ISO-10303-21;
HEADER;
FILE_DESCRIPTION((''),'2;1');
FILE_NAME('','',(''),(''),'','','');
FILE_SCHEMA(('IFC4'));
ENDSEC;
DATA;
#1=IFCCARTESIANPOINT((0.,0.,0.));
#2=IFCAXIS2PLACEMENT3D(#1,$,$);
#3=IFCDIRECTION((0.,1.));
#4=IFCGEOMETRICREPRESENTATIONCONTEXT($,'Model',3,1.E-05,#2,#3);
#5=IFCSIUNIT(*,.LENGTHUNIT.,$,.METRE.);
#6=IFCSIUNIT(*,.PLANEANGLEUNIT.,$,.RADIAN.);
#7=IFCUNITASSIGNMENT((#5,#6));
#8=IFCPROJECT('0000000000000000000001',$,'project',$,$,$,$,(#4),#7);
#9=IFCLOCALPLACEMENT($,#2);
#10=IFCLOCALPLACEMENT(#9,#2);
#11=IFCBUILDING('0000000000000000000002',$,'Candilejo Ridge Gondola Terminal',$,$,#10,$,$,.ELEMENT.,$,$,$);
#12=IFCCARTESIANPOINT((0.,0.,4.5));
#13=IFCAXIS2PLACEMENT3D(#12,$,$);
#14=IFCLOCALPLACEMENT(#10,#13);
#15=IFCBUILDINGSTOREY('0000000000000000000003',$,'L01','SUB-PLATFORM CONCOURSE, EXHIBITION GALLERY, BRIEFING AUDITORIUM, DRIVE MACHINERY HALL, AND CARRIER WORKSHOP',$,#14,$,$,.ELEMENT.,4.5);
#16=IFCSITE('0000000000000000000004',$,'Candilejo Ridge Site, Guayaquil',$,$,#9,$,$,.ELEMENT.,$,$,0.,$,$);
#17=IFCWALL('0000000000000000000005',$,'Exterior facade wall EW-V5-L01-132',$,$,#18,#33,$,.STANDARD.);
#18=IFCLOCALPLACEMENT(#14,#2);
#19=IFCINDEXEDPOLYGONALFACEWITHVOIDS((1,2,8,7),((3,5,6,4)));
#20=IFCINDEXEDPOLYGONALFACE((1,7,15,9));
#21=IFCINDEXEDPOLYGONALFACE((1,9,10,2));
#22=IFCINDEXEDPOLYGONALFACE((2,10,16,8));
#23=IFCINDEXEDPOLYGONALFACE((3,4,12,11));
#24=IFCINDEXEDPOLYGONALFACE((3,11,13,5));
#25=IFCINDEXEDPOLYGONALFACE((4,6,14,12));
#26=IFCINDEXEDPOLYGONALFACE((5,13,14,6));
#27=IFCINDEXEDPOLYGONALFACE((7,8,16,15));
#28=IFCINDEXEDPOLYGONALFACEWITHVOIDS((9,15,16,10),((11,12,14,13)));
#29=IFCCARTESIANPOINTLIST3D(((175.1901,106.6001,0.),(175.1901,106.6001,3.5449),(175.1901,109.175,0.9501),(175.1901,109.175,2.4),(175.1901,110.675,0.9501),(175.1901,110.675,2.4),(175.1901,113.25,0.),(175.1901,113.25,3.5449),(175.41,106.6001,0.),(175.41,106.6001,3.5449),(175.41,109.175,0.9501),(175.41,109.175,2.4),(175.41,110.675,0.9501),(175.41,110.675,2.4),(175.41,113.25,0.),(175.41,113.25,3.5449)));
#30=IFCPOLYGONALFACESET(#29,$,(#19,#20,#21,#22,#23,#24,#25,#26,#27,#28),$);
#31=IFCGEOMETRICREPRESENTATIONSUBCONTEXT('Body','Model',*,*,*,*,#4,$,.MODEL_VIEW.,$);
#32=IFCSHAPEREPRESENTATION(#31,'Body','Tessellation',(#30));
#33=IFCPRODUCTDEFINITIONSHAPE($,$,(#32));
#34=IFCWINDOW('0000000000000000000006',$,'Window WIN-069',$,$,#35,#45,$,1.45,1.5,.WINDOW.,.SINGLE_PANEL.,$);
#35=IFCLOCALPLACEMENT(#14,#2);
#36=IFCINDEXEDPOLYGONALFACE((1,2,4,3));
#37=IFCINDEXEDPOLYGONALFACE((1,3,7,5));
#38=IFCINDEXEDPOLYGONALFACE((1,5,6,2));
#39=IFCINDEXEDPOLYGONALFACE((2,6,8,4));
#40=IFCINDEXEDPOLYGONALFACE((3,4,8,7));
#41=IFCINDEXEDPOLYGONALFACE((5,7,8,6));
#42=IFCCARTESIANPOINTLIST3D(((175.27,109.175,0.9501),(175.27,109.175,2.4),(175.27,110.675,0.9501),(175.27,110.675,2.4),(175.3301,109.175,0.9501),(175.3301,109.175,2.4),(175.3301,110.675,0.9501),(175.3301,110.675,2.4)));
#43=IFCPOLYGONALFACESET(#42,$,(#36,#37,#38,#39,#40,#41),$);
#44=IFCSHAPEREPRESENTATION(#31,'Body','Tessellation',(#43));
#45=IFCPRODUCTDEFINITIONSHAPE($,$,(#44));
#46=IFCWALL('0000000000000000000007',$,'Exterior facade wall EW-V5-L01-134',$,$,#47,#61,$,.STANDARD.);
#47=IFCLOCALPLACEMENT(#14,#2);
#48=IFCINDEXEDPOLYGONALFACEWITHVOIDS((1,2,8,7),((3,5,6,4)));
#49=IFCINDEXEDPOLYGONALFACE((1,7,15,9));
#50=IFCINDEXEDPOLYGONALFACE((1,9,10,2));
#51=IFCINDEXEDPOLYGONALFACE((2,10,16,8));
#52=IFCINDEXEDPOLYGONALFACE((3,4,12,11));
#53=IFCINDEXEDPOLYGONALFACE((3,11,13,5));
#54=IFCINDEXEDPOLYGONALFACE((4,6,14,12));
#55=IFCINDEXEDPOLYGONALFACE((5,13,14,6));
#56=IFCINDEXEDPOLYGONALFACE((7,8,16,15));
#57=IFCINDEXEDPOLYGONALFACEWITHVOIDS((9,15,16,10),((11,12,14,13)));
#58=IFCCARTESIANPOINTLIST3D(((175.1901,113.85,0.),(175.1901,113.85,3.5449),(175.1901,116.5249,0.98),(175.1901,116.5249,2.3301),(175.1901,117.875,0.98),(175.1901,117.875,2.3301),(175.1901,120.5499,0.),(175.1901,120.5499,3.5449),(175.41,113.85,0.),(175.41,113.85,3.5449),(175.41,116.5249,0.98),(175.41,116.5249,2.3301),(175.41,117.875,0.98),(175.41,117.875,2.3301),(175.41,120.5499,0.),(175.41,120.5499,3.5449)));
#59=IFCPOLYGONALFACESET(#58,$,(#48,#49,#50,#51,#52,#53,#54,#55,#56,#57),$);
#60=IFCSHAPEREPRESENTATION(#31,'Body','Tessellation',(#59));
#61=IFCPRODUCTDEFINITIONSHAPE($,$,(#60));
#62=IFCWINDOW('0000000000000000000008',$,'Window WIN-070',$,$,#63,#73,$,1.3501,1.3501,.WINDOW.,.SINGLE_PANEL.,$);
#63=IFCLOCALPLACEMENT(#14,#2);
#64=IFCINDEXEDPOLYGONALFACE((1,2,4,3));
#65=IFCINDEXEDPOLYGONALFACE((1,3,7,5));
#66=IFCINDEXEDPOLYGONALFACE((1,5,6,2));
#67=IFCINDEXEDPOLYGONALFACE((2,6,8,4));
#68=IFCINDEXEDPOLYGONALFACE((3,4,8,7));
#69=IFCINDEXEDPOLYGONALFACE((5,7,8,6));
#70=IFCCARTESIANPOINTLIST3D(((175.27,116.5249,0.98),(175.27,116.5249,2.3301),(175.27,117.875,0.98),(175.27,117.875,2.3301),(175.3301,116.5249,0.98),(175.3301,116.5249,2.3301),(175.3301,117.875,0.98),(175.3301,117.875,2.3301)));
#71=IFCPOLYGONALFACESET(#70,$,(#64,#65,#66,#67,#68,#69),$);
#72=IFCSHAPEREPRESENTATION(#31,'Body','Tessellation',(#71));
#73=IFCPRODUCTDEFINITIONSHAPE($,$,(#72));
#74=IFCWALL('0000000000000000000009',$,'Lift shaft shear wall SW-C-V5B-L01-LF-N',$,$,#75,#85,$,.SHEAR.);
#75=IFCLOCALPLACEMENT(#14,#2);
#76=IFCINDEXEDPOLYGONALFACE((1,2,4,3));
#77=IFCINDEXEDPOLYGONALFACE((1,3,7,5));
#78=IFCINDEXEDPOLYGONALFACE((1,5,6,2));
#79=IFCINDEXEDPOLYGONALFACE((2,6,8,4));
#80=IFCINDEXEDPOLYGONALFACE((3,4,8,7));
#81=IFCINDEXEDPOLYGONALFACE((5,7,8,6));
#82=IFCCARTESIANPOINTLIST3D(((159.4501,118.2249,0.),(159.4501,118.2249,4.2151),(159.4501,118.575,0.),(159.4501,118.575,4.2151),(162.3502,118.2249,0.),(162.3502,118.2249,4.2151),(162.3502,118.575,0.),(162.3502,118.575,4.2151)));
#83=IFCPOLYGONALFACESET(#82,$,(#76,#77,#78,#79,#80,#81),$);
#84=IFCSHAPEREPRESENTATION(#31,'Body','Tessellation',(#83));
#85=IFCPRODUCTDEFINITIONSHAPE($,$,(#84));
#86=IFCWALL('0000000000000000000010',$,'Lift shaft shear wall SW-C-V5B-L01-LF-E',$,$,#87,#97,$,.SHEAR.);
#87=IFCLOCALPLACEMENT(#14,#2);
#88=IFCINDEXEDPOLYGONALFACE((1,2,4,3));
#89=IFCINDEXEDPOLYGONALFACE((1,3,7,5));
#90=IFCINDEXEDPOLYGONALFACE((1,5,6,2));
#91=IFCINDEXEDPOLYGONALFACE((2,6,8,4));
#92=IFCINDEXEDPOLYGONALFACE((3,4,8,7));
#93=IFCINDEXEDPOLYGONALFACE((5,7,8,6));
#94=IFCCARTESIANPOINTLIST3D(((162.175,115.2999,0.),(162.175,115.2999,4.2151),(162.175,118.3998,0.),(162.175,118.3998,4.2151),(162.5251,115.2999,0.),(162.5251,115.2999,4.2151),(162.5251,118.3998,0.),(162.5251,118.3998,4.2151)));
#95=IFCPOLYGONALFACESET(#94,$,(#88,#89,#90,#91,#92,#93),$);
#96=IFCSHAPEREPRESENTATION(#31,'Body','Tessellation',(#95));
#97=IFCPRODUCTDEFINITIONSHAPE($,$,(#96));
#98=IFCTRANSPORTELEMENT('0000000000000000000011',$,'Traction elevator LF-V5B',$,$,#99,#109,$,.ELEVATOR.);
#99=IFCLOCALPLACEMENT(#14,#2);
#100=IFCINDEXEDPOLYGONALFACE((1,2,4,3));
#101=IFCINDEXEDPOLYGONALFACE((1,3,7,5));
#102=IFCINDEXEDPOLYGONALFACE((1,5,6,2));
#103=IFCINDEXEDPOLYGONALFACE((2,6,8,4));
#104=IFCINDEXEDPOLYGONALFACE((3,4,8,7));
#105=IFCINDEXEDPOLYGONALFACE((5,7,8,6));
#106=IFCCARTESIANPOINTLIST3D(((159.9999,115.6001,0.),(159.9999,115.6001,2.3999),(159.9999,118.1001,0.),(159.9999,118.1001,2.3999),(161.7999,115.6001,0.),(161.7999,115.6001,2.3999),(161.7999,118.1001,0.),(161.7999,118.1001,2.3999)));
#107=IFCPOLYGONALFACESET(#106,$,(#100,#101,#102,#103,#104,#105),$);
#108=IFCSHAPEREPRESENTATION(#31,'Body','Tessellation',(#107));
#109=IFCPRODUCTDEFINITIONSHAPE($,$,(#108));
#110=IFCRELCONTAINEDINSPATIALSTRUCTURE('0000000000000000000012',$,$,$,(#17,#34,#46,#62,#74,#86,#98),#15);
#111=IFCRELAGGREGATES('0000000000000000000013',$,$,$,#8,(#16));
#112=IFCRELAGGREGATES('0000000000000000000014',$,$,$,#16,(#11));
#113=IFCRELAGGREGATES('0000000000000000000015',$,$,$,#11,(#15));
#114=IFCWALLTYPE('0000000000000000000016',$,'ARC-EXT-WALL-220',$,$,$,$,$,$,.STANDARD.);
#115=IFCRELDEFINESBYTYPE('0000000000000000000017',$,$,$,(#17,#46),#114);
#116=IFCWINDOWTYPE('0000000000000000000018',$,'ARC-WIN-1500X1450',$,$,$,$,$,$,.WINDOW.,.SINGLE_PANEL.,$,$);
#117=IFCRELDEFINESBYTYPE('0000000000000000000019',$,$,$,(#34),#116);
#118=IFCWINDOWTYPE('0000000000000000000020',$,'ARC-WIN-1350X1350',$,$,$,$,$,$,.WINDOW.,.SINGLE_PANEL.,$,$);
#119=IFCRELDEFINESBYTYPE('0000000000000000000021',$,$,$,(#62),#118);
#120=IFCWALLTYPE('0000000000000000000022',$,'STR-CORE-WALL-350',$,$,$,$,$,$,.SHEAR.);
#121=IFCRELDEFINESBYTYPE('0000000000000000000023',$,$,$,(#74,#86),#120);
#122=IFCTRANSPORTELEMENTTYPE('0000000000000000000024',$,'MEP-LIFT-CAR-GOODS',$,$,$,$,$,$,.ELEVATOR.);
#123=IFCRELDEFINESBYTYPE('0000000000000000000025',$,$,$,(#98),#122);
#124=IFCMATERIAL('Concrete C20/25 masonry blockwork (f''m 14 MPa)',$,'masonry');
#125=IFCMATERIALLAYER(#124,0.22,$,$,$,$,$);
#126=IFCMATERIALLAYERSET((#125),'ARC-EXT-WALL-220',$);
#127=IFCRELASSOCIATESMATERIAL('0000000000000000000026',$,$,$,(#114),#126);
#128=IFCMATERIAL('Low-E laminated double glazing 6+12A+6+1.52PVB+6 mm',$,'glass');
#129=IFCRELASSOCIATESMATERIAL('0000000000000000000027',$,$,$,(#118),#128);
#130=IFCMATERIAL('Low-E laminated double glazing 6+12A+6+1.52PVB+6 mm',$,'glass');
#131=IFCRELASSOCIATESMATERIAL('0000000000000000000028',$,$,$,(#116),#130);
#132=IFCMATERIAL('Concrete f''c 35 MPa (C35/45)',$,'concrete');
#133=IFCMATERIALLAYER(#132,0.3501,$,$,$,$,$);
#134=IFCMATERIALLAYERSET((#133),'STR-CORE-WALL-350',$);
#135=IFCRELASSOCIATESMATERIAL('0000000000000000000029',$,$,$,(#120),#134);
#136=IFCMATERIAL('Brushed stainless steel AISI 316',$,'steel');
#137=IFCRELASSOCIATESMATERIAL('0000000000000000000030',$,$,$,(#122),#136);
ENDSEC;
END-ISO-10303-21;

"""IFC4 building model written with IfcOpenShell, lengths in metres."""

from ifc_helpers import new_model, si_unit, direction, frame, frame_2d, origin, origin_2d, place, context, subcontext, project, spatial, rectangle, extrude, material, layer, layer_set, type_object, element, fill, save


model = new_model("IFC4")

# Units and contexts
model_context = context("Model", 3, precision=1e-05, world=origin(), true_north=direction((0.0, 1.0)))
body_context = subcontext(model_context, "Body", "Model", "MODEL_VIEW")
ifc_project = project(units=[si_unit("LENGTHUNIT", "METRE"), si_unit("PLANEANGLEUNIT", "RADIAN")], contexts=[model_context])

# Site, building, storey
site_placement = place(None, origin())
site = spatial("IfcSite", under=ifc_project, at=site_placement, Name="Candilejo Ridge Site, Guayaquil", CompositionType="ELEMENT", RefElevation=0.0)
building_placement = place(site_placement, origin())
building = spatial("IfcBuilding", under=site, at=building_placement, Name="Candilejo Ridge Gondola Terminal", CompositionType="ELEMENT")
storey_placement = place(building_placement, frame((0.0, 0.0, 4.5)))
storey = spatial("IfcBuildingStorey", under=building, at=storey_placement, Name="L01", Description="SUB-PLATFORM CONCOURSE, EXHIBITION GALLERY, BRIEFING AUDITORIUM, DRIVE MACHINERY HALL, AND CARRIER WORKSHOP", CompositionType="ELEMENT", Elevation=4.5)

# Walls, openings, windows
ifc_material_1 = material(Name="Concrete C20/25 masonry blockwork (f'm 14 MPa)", Category="masonry")
ifc_layer_1 = layer(ifc_material_1, 0.22)
ifc_layer_set_1 = layer_set([ifc_layer_1], Name="ARC-EXT-WALL-220")
wall_type_1 = type_object("IfcWallType", Name="ARC-EXT-WALL-220", PredefinedType="STANDARD", material=ifc_layer_set_1)
ifc_material_2 = material(Name="Low-E laminated double glazing 6+12A+6+1.52PVB+6 mm", Category="glass")
window_type_1 = type_object("IfcWindowType", Name="ARC-WIN-1350X1350", PartitioningType="SINGLE_PANEL", PredefinedType="WINDOW", material=ifc_material_2)
wall_1_placement = place(storey_placement, frame((175.3, 113.25, 0.0), z_axis=(0.0, 0.0, 1.0), x_axis=(0.0, -1.0, 0.0)))
wall_1 = element("IfcWall", 1, at=wall_1_placement, inside=storey, type_object=wall_type_1, Name="Exterior facade wall EW-V5-L01-132", PredefinedType="STANDARD", context=body_context, shape_type="SweptSolid", body=[
    extrude(rectangle(XDim=6.6499, YDim=0.22, at=frame_2d((3.325, 0.0))), origin(), (0.0, 0.0, 1.0), 3.5449),
])
opening_1_placement = place(wall_1_placement, frame((2.575, 0.0, 0.95)))
opening_1 = element("IfcOpeningElement", 2, at=opening_1_placement, cuts=wall_1, PredefinedType="OPENING", context=body_context, shape_type="SweptSolid", body=[
    extrude(rectangle(XDim=1.5, YDim=1.45, at=frame_2d((0.75, 0.7251))), frame((0.0, 0.1199, 0.0), z_axis=(0.0, -1.0, 0.0), x_axis=(1.0, 0.0, 0.0)), (0.0, 0.0, 1.0), 0.24),
])
ifc_material_3 = material(Name="Low-E laminated double glazing 6+12A+6+1.52PVB+6 mm", Category="glass")
window_type_2 = type_object("IfcWindowType", Name="ARC-WIN-1500X1450", PartitioningType="SINGLE_PANEL", PredefinedType="WINDOW", material=ifc_material_3)
window_1_placement = place(opening_1_placement, origin())
window_1 = element("IfcWindow", 3, at=window_1_placement, inside=storey, type_object=window_type_2, Name="Window WIN-069", OverallHeight=1.45, OverallWidth=1.5, PartitioningType="SINGLE_PANEL", PredefinedType="WINDOW", context=body_context, shape_type="SweptSolid", body=[
    extrude(rectangle(XDim=1.5, YDim=1.45, at=frame_2d((0.75, 0.7251))), frame((0.0, 0.03, 0.0), z_axis=(0.0, -1.0, 0.0), x_axis=(1.0, 0.0, 0.0)), (0.0, 0.0, 1.0), 0.0601),
])
fill(opening_1, window_1)
wall_2_placement = place(storey_placement, frame((175.3, 120.55, 0.0), z_axis=(0.0, 0.0, 1.0), x_axis=(0.0, -1.0, 0.0)))
wall_2 = element("IfcWall", 4, at=wall_2_placement, inside=storey, type_object=wall_type_1, Name="Exterior facade wall EW-V5-L01-134", PredefinedType="STANDARD", context=body_context, shape_type="SweptSolid", body=[
    extrude(rectangle(XDim=6.7, YDim=0.22, at=frame_2d((3.3501, 0.0))), origin(), (0.0, 0.0, 1.0), 3.5449),
])
opening_2_placement = place(wall_2_placement, frame((2.675, 0.0, 0.98)))
opening_2 = element("IfcOpeningElement", 5, at=opening_2_placement, cuts=wall_2, PredefinedType="OPENING", context=body_context, shape_type="SweptSolid", body=[
    extrude(rectangle(XDim=1.3501, YDim=1.3501, at=frame_2d((0.675, 0.675))), frame((0.0, 0.1199, 0.0), z_axis=(0.0, -1.0, 0.0), x_axis=(1.0, 0.0, 0.0)), (0.0, 0.0, 1.0), 0.24),
])
window_2_placement = place(opening_2_placement, origin())
window_2 = element("IfcWindow", 6, at=window_2_placement, inside=storey, type_object=window_type_1, Name="Window WIN-070", OverallHeight=1.3501, OverallWidth=1.3501, PartitioningType="SINGLE_PANEL", PredefinedType="WINDOW", context=body_context, shape_type="SweptSolid", body=[
    extrude(rectangle(XDim=1.3501, YDim=1.3501, at=frame_2d((0.675, 0.675))), frame((0.0, 0.03, 0.0), z_axis=(0.0, -1.0, 0.0), x_axis=(1.0, 0.0, 0.0)), (0.0, 0.0, 1.0), 0.0601),
])
fill(opening_2, window_2)

# Walls
ifc_material_4 = material(Name="Concrete f'c 35 MPa (C35/45)", Category="concrete")
ifc_layer_2 = layer(ifc_material_4, 0.3501)
ifc_layer_set_2 = layer_set([ifc_layer_2], Name="STR-CORE-WALL-350")
wall_type_2 = type_object("IfcWallType", Name="STR-CORE-WALL-350", PredefinedType="SHEAR", material=ifc_layer_set_2)
wall_3_placement = place(storey_placement, frame((159.45, 118.3999, 0.0), z_axis=(0.0, 0.0, 1.0), x_axis=(1.0, 0.0, 0.0)))
element("IfcWall", 7, at=wall_3_placement, inside=storey, type_object=wall_type_2, Name="Lift shaft shear wall SW-C-V5B-L01-LF-N", PredefinedType="SHEAR", context=body_context, shape_type="SweptSolid", body=[
    extrude(rectangle(XDim=2.9001, YDim=0.3501, at=frame_2d((1.4502, 0.0))), origin(), (0.0, 0.0, 1.0), 4.2151),
])
wall_4_placement = place(storey_placement, frame((162.3501, 115.3, 0.0), z_axis=(0.0, 0.0, 1.0), x_axis=(0.0, 1.0, 0.0)))
element("IfcWall", 8, at=wall_4_placement, inside=storey, type_object=wall_type_2, Name="Lift shaft shear wall SW-C-V5B-L01-LF-E", PredefinedType="SHEAR", context=body_context, shape_type="SweptSolid", body=[
    extrude(rectangle(XDim=3.0999, YDim=0.3501, at=frame_2d((1.5498, 0.0))), origin(), (0.0, 0.0, 1.0), 4.2151),
])

# Transport element
ifc_material_5 = material(Name="Brushed stainless steel AISI 316", Category="steel")
transport_element_type = type_object("IfcTransportElementType", Name="MEP-LIFT-CAR-GOODS", PredefinedType="ELEVATOR", material=ifc_material_5)
transport_element_placement = place(storey_placement, frame((160.8999, 116.8501, 0.0), z_axis=(0.0, 0.0, 1.0), x_axis=(1.0, 0.0, 0.0)))
element("IfcTransportElement", 9, at=transport_element_placement, inside=storey, type_object=transport_element_type, Name="Traction elevator LF-V5B", PredefinedType="ELEVATOR", context=body_context, shape_type="SweptSolid", body=[
    extrude(rectangle(XDim=1.8, YDim=2.5, at=origin_2d()), origin(), (0.0, 0.0, 1.0), 2.3999),
])

save(model, "model.ifc")
